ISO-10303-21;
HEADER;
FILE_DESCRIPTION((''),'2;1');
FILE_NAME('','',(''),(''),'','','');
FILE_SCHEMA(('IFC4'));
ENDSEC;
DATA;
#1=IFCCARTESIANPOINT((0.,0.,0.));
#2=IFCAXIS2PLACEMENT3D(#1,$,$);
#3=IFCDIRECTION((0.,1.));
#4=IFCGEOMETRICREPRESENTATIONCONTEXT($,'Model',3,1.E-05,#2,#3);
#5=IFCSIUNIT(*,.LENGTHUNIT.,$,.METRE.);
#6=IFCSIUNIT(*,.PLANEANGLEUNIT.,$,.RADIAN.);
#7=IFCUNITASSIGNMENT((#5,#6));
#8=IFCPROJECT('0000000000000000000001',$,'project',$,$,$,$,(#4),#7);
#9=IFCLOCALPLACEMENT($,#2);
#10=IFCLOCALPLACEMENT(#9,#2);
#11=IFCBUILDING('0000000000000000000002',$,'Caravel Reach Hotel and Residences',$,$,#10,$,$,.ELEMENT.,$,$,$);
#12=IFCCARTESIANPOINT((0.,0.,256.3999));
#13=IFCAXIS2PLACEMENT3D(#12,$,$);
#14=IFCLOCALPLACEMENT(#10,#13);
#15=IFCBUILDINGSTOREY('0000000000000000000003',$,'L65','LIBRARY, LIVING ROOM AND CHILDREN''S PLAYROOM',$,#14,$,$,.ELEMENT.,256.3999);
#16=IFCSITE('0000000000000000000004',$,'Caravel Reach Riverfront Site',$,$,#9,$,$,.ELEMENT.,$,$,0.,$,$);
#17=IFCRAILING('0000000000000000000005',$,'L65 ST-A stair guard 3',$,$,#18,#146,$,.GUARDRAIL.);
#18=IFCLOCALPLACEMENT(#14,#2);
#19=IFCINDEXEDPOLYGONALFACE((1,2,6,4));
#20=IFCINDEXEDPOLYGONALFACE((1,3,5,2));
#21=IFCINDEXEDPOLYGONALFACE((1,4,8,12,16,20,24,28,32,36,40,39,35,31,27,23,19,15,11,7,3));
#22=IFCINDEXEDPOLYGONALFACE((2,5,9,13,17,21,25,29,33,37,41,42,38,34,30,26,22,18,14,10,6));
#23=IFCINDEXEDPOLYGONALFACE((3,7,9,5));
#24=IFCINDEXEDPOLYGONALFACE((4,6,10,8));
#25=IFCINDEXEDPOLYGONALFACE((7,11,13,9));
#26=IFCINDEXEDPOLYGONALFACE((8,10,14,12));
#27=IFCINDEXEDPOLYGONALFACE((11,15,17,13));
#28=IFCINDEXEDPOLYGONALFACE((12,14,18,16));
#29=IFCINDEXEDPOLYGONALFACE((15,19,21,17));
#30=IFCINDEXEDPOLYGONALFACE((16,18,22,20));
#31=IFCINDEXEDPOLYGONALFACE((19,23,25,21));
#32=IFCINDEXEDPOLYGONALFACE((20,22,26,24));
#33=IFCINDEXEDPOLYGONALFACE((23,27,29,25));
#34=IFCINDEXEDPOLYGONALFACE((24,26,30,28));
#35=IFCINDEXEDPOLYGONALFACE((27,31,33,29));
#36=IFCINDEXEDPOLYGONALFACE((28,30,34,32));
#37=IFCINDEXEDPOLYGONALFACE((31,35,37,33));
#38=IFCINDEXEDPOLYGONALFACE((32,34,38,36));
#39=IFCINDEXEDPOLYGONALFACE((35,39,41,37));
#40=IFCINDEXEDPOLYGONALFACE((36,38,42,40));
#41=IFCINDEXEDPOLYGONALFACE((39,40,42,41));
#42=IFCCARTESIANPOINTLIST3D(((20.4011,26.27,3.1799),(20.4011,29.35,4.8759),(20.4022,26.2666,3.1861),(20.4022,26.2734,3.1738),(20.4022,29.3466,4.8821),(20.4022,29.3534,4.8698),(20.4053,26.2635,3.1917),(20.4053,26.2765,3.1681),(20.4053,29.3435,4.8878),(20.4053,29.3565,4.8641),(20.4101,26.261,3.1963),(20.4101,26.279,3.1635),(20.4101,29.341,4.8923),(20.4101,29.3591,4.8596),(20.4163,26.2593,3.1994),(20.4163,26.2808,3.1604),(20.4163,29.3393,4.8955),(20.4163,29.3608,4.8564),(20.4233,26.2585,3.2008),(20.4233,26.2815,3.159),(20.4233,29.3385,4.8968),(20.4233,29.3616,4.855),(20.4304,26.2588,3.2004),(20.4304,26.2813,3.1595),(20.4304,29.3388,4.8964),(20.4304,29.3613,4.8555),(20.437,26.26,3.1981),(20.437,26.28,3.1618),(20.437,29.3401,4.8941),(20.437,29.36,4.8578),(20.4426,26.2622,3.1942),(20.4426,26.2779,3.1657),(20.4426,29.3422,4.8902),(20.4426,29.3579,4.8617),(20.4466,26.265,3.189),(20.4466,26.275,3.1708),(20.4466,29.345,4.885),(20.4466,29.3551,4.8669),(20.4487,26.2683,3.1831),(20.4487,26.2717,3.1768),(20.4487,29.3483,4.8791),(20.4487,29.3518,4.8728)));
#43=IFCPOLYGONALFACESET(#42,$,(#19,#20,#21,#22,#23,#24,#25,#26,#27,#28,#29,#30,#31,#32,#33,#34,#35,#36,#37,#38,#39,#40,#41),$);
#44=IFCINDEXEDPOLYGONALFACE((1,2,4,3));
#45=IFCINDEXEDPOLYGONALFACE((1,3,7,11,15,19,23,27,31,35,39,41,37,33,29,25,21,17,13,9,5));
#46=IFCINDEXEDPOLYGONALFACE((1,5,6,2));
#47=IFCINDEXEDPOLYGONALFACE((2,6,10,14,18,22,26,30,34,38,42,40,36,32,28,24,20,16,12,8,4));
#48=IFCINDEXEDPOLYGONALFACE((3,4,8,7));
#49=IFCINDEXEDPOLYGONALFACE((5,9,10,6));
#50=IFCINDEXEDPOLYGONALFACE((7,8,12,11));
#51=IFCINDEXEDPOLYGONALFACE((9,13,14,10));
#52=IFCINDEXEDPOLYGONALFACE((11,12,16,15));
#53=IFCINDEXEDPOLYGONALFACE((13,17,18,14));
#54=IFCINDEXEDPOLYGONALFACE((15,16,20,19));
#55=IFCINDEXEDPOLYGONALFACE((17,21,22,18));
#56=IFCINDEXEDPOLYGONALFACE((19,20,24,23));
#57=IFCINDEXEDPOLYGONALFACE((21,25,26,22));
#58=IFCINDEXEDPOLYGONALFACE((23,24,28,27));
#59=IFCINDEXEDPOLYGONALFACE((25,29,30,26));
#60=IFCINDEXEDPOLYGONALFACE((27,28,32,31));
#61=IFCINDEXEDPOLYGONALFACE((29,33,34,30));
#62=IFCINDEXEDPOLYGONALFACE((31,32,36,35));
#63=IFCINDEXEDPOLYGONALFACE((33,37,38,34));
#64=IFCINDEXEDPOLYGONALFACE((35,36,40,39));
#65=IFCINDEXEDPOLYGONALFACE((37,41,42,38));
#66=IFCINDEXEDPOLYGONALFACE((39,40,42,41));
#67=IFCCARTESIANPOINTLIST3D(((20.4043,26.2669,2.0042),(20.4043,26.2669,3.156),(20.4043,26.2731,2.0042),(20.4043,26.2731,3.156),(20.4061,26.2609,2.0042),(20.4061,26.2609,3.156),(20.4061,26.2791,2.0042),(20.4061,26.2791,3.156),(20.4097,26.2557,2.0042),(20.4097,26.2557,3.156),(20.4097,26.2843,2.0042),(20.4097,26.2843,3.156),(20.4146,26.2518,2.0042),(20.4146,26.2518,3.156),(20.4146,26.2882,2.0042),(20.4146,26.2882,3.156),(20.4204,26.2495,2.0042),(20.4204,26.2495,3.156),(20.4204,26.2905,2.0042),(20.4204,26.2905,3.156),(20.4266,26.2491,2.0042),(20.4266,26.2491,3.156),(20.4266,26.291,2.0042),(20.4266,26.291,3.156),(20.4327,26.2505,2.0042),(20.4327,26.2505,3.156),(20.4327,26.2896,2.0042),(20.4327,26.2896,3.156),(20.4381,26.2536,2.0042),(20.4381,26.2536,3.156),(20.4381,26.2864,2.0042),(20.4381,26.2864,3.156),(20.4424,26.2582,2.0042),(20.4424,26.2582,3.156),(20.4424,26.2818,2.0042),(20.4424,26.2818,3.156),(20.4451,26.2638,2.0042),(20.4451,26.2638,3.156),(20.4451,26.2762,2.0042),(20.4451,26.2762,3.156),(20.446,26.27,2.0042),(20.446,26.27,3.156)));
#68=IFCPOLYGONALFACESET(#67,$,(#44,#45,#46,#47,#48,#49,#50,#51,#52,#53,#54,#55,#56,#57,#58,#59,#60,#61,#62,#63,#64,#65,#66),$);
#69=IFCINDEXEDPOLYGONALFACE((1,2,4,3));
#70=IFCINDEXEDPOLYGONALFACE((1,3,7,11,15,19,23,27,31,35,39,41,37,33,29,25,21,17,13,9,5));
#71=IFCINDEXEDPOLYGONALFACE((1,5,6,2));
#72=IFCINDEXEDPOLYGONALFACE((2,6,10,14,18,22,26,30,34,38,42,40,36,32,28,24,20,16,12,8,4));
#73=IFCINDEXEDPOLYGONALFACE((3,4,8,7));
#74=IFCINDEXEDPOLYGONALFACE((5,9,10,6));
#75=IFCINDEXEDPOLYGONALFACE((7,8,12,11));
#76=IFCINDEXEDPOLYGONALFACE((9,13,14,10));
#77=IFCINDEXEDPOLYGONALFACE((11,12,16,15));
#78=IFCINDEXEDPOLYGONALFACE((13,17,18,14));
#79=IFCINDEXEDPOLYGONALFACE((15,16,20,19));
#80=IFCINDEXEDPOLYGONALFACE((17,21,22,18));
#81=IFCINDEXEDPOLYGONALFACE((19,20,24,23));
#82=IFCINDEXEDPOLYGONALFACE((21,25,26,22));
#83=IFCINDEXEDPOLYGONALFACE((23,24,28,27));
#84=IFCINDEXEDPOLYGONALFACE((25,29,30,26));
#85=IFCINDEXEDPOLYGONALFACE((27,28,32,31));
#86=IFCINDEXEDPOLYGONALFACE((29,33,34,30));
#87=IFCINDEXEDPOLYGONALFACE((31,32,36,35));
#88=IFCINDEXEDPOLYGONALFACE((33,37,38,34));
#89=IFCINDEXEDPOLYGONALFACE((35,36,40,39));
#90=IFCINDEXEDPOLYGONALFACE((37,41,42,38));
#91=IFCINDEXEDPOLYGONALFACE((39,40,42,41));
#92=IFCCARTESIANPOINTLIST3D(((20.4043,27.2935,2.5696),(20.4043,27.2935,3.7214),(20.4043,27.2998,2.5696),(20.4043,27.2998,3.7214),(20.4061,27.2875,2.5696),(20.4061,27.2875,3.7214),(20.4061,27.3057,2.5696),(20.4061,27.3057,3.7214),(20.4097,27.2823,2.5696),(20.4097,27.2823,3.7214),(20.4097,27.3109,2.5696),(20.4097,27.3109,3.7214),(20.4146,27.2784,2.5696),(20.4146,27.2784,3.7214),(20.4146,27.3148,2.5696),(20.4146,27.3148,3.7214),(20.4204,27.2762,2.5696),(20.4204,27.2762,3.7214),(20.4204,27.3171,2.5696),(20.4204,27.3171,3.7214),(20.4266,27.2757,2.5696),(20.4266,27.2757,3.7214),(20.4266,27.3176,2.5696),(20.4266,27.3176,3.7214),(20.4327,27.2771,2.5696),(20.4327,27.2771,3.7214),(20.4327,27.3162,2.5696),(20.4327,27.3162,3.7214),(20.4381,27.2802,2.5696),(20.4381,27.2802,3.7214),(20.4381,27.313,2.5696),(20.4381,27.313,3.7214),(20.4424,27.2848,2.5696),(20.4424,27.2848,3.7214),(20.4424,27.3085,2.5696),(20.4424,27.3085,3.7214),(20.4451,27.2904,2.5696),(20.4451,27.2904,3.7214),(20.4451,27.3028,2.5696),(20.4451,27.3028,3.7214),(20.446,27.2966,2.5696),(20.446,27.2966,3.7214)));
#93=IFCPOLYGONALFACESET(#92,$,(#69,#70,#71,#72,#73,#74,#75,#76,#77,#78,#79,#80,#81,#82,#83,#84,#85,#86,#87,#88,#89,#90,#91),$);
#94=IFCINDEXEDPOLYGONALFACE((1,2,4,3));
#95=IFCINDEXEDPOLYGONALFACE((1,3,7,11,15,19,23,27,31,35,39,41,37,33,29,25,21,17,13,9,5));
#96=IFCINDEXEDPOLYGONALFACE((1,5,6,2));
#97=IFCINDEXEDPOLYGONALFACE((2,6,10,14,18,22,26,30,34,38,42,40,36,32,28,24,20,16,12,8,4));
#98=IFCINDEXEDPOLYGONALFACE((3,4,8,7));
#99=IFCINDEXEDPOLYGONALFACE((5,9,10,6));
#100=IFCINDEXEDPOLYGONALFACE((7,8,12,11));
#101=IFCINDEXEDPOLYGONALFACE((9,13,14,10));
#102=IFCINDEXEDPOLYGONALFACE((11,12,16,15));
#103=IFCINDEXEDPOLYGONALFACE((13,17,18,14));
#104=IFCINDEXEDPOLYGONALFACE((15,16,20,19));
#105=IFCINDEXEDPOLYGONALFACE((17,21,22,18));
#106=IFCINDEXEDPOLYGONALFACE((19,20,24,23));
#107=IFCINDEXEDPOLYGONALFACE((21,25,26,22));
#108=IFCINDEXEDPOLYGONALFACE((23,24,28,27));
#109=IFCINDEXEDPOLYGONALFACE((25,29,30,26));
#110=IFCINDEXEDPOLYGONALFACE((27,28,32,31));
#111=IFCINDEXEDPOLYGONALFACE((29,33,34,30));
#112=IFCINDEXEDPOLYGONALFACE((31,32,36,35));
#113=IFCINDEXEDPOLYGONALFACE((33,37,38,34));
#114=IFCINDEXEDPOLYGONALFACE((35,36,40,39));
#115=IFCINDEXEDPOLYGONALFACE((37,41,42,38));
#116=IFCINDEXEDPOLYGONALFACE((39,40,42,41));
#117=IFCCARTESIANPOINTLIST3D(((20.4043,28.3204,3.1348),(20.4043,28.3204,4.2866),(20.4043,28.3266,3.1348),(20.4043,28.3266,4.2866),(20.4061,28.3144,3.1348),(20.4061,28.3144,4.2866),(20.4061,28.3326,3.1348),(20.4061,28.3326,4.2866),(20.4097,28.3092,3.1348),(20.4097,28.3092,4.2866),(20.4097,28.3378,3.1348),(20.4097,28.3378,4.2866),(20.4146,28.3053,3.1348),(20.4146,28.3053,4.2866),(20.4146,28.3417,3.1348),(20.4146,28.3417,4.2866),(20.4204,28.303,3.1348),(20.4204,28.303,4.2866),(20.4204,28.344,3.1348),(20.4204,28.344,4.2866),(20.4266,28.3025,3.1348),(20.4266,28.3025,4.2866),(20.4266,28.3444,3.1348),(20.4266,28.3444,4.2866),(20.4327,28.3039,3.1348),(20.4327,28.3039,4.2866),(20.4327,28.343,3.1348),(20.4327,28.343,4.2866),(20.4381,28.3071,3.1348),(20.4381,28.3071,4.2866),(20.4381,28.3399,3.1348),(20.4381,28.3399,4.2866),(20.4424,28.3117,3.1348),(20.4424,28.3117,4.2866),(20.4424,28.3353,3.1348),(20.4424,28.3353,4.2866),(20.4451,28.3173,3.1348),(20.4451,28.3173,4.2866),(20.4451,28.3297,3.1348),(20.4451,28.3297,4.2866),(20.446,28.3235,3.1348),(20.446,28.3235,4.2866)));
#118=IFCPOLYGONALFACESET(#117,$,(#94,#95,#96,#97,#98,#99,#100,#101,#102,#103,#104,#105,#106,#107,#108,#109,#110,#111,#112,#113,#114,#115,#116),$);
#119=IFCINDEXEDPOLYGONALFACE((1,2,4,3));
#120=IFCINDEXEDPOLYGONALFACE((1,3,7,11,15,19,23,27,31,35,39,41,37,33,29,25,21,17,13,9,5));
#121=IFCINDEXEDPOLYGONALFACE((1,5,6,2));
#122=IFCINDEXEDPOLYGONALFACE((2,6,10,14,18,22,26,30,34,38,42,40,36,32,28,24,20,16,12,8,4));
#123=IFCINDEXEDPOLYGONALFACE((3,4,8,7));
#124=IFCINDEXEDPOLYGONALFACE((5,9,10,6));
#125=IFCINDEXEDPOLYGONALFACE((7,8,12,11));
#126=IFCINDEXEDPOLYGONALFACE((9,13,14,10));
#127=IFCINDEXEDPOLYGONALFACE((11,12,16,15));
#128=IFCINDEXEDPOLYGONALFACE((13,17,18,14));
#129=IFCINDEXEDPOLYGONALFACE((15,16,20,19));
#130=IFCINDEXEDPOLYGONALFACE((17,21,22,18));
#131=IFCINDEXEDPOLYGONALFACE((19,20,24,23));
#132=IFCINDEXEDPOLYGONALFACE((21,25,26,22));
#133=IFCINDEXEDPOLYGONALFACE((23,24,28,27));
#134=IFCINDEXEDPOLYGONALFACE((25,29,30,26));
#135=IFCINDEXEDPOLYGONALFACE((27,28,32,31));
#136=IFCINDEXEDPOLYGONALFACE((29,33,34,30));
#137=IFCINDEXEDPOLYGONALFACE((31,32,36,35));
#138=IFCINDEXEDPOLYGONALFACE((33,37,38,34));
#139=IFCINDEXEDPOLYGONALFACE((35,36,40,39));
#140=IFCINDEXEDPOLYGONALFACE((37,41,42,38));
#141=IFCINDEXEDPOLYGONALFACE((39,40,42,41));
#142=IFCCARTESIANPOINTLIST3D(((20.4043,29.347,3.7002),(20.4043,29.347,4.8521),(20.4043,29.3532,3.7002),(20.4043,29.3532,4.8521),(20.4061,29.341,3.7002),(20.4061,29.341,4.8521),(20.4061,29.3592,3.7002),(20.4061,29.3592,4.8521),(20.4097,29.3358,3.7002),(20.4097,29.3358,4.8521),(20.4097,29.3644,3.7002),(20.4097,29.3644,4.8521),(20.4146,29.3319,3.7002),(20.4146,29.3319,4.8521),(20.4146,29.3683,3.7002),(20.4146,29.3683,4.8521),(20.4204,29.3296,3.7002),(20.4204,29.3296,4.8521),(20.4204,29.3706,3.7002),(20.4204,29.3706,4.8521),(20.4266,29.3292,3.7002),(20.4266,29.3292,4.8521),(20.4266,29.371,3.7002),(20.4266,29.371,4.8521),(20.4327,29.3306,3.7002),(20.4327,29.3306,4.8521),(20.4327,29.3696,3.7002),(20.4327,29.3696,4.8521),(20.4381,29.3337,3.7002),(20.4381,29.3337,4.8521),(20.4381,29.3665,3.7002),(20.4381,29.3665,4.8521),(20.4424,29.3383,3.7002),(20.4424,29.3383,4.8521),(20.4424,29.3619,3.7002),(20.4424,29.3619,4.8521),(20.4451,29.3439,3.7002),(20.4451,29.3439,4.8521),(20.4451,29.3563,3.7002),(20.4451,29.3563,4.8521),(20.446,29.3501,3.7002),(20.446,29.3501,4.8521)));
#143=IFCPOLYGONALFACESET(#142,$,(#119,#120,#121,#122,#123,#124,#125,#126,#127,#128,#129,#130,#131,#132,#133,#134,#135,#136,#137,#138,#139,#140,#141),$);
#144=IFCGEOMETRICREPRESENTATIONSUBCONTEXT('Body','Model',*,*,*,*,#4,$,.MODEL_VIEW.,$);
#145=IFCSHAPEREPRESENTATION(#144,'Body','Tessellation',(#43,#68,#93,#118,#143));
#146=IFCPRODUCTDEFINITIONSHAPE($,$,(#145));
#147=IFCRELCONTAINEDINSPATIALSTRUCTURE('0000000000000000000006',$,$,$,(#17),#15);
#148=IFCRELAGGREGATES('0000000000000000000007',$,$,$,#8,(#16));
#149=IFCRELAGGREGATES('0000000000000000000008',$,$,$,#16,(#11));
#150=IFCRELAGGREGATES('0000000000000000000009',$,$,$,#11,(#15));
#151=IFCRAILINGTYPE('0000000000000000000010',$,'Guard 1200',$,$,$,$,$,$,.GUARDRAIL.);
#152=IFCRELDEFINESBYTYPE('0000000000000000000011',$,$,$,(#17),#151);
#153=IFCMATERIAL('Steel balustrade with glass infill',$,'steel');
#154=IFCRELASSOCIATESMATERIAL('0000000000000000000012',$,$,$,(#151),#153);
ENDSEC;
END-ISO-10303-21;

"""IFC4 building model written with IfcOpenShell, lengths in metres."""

from ifc_helpers import new_model, si_unit, direction, frame, origin, origin_2d, place, context, subcontext, project, spatial, circle, extrude, material, type_object, element, save


model = new_model("IFC4")

# Units and contexts
model_context = context("Model", 3, precision=1e-05, world=origin(), true_north=direction((0.0, 1.0)))
body_context = subcontext(model_context, "Body", "Model", "MODEL_VIEW")
ifc_project = project(units=[si_unit("LENGTHUNIT", "METRE"), si_unit("PLANEANGLEUNIT", "RADIAN")], contexts=[model_context])

# Site, building, storey
site_placement = place(None, origin())
site = spatial("IfcSite", under=ifc_project, at=site_placement, Name="Caravel Reach Riverfront Site", CompositionType="ELEMENT", RefElevation=0.0)
building_placement = place(site_placement, origin())
building = spatial("IfcBuilding", under=site, at=building_placement, Name="Caravel Reach Hotel and Residences", CompositionType="ELEMENT")
storey_placement = place(building_placement, frame((0.0, 0.0, 256.3999)))
storey = spatial("IfcBuildingStorey", under=building, at=storey_placement, Name="L65", Description="LIBRARY, LIVING ROOM AND CHILDREN'S PLAYROOM", CompositionType="ELEMENT", Elevation=256.3999)

# Railing
ifc_material_1 = material(Name="Steel balustrade with glass infill", Category="steel")
railing_type_1 = type_object("IfcRailingType", Name="Guard 1200", PredefinedType="GUARDRAIL", material=ifc_material_1)
railing_1_placement = place(storey_placement, frame((20.425, 26.27, 2.0042)))
element("IfcRailing", 1, at=railing_1_placement, inside=storey, type_object=railing_type_1, Name="L65 ST-A stair guard 3", PredefinedType="GUARDRAIL", context=body_context, shape_type="SweptSolid", body=[
    extrude(circle(Radius=0.0239, at=origin_2d()), frame((0.0, 0.0, 1.1758), z_axis=(0.0, 0.875975, 0.482356), x_axis=(-1.0, 0.0, 0.0)), (0.0, 0.0, 1.0), 3.5161),
    extrude(circle(Radius=0.021, at=origin_2d()), origin(), (0.0, 0.0, 1.0), 1.1519),
    extrude(circle(Radius=0.021, at=origin_2d()), frame((0.0, 1.0266, 0.5654)), (0.0, 0.0, 1.0), 1.1519),
    extrude(circle(Radius=0.021, at=origin_2d()), frame((0.0, 2.0535, 1.1306)), (0.0, 0.0, 1.0), 1.1519),
    extrude(circle(Radius=0.021, at=origin_2d()), frame((0.0, 3.0801, 1.696)), (0.0, 0.0, 1.0), 1.1519),
])

save(model, "model.ifc")
